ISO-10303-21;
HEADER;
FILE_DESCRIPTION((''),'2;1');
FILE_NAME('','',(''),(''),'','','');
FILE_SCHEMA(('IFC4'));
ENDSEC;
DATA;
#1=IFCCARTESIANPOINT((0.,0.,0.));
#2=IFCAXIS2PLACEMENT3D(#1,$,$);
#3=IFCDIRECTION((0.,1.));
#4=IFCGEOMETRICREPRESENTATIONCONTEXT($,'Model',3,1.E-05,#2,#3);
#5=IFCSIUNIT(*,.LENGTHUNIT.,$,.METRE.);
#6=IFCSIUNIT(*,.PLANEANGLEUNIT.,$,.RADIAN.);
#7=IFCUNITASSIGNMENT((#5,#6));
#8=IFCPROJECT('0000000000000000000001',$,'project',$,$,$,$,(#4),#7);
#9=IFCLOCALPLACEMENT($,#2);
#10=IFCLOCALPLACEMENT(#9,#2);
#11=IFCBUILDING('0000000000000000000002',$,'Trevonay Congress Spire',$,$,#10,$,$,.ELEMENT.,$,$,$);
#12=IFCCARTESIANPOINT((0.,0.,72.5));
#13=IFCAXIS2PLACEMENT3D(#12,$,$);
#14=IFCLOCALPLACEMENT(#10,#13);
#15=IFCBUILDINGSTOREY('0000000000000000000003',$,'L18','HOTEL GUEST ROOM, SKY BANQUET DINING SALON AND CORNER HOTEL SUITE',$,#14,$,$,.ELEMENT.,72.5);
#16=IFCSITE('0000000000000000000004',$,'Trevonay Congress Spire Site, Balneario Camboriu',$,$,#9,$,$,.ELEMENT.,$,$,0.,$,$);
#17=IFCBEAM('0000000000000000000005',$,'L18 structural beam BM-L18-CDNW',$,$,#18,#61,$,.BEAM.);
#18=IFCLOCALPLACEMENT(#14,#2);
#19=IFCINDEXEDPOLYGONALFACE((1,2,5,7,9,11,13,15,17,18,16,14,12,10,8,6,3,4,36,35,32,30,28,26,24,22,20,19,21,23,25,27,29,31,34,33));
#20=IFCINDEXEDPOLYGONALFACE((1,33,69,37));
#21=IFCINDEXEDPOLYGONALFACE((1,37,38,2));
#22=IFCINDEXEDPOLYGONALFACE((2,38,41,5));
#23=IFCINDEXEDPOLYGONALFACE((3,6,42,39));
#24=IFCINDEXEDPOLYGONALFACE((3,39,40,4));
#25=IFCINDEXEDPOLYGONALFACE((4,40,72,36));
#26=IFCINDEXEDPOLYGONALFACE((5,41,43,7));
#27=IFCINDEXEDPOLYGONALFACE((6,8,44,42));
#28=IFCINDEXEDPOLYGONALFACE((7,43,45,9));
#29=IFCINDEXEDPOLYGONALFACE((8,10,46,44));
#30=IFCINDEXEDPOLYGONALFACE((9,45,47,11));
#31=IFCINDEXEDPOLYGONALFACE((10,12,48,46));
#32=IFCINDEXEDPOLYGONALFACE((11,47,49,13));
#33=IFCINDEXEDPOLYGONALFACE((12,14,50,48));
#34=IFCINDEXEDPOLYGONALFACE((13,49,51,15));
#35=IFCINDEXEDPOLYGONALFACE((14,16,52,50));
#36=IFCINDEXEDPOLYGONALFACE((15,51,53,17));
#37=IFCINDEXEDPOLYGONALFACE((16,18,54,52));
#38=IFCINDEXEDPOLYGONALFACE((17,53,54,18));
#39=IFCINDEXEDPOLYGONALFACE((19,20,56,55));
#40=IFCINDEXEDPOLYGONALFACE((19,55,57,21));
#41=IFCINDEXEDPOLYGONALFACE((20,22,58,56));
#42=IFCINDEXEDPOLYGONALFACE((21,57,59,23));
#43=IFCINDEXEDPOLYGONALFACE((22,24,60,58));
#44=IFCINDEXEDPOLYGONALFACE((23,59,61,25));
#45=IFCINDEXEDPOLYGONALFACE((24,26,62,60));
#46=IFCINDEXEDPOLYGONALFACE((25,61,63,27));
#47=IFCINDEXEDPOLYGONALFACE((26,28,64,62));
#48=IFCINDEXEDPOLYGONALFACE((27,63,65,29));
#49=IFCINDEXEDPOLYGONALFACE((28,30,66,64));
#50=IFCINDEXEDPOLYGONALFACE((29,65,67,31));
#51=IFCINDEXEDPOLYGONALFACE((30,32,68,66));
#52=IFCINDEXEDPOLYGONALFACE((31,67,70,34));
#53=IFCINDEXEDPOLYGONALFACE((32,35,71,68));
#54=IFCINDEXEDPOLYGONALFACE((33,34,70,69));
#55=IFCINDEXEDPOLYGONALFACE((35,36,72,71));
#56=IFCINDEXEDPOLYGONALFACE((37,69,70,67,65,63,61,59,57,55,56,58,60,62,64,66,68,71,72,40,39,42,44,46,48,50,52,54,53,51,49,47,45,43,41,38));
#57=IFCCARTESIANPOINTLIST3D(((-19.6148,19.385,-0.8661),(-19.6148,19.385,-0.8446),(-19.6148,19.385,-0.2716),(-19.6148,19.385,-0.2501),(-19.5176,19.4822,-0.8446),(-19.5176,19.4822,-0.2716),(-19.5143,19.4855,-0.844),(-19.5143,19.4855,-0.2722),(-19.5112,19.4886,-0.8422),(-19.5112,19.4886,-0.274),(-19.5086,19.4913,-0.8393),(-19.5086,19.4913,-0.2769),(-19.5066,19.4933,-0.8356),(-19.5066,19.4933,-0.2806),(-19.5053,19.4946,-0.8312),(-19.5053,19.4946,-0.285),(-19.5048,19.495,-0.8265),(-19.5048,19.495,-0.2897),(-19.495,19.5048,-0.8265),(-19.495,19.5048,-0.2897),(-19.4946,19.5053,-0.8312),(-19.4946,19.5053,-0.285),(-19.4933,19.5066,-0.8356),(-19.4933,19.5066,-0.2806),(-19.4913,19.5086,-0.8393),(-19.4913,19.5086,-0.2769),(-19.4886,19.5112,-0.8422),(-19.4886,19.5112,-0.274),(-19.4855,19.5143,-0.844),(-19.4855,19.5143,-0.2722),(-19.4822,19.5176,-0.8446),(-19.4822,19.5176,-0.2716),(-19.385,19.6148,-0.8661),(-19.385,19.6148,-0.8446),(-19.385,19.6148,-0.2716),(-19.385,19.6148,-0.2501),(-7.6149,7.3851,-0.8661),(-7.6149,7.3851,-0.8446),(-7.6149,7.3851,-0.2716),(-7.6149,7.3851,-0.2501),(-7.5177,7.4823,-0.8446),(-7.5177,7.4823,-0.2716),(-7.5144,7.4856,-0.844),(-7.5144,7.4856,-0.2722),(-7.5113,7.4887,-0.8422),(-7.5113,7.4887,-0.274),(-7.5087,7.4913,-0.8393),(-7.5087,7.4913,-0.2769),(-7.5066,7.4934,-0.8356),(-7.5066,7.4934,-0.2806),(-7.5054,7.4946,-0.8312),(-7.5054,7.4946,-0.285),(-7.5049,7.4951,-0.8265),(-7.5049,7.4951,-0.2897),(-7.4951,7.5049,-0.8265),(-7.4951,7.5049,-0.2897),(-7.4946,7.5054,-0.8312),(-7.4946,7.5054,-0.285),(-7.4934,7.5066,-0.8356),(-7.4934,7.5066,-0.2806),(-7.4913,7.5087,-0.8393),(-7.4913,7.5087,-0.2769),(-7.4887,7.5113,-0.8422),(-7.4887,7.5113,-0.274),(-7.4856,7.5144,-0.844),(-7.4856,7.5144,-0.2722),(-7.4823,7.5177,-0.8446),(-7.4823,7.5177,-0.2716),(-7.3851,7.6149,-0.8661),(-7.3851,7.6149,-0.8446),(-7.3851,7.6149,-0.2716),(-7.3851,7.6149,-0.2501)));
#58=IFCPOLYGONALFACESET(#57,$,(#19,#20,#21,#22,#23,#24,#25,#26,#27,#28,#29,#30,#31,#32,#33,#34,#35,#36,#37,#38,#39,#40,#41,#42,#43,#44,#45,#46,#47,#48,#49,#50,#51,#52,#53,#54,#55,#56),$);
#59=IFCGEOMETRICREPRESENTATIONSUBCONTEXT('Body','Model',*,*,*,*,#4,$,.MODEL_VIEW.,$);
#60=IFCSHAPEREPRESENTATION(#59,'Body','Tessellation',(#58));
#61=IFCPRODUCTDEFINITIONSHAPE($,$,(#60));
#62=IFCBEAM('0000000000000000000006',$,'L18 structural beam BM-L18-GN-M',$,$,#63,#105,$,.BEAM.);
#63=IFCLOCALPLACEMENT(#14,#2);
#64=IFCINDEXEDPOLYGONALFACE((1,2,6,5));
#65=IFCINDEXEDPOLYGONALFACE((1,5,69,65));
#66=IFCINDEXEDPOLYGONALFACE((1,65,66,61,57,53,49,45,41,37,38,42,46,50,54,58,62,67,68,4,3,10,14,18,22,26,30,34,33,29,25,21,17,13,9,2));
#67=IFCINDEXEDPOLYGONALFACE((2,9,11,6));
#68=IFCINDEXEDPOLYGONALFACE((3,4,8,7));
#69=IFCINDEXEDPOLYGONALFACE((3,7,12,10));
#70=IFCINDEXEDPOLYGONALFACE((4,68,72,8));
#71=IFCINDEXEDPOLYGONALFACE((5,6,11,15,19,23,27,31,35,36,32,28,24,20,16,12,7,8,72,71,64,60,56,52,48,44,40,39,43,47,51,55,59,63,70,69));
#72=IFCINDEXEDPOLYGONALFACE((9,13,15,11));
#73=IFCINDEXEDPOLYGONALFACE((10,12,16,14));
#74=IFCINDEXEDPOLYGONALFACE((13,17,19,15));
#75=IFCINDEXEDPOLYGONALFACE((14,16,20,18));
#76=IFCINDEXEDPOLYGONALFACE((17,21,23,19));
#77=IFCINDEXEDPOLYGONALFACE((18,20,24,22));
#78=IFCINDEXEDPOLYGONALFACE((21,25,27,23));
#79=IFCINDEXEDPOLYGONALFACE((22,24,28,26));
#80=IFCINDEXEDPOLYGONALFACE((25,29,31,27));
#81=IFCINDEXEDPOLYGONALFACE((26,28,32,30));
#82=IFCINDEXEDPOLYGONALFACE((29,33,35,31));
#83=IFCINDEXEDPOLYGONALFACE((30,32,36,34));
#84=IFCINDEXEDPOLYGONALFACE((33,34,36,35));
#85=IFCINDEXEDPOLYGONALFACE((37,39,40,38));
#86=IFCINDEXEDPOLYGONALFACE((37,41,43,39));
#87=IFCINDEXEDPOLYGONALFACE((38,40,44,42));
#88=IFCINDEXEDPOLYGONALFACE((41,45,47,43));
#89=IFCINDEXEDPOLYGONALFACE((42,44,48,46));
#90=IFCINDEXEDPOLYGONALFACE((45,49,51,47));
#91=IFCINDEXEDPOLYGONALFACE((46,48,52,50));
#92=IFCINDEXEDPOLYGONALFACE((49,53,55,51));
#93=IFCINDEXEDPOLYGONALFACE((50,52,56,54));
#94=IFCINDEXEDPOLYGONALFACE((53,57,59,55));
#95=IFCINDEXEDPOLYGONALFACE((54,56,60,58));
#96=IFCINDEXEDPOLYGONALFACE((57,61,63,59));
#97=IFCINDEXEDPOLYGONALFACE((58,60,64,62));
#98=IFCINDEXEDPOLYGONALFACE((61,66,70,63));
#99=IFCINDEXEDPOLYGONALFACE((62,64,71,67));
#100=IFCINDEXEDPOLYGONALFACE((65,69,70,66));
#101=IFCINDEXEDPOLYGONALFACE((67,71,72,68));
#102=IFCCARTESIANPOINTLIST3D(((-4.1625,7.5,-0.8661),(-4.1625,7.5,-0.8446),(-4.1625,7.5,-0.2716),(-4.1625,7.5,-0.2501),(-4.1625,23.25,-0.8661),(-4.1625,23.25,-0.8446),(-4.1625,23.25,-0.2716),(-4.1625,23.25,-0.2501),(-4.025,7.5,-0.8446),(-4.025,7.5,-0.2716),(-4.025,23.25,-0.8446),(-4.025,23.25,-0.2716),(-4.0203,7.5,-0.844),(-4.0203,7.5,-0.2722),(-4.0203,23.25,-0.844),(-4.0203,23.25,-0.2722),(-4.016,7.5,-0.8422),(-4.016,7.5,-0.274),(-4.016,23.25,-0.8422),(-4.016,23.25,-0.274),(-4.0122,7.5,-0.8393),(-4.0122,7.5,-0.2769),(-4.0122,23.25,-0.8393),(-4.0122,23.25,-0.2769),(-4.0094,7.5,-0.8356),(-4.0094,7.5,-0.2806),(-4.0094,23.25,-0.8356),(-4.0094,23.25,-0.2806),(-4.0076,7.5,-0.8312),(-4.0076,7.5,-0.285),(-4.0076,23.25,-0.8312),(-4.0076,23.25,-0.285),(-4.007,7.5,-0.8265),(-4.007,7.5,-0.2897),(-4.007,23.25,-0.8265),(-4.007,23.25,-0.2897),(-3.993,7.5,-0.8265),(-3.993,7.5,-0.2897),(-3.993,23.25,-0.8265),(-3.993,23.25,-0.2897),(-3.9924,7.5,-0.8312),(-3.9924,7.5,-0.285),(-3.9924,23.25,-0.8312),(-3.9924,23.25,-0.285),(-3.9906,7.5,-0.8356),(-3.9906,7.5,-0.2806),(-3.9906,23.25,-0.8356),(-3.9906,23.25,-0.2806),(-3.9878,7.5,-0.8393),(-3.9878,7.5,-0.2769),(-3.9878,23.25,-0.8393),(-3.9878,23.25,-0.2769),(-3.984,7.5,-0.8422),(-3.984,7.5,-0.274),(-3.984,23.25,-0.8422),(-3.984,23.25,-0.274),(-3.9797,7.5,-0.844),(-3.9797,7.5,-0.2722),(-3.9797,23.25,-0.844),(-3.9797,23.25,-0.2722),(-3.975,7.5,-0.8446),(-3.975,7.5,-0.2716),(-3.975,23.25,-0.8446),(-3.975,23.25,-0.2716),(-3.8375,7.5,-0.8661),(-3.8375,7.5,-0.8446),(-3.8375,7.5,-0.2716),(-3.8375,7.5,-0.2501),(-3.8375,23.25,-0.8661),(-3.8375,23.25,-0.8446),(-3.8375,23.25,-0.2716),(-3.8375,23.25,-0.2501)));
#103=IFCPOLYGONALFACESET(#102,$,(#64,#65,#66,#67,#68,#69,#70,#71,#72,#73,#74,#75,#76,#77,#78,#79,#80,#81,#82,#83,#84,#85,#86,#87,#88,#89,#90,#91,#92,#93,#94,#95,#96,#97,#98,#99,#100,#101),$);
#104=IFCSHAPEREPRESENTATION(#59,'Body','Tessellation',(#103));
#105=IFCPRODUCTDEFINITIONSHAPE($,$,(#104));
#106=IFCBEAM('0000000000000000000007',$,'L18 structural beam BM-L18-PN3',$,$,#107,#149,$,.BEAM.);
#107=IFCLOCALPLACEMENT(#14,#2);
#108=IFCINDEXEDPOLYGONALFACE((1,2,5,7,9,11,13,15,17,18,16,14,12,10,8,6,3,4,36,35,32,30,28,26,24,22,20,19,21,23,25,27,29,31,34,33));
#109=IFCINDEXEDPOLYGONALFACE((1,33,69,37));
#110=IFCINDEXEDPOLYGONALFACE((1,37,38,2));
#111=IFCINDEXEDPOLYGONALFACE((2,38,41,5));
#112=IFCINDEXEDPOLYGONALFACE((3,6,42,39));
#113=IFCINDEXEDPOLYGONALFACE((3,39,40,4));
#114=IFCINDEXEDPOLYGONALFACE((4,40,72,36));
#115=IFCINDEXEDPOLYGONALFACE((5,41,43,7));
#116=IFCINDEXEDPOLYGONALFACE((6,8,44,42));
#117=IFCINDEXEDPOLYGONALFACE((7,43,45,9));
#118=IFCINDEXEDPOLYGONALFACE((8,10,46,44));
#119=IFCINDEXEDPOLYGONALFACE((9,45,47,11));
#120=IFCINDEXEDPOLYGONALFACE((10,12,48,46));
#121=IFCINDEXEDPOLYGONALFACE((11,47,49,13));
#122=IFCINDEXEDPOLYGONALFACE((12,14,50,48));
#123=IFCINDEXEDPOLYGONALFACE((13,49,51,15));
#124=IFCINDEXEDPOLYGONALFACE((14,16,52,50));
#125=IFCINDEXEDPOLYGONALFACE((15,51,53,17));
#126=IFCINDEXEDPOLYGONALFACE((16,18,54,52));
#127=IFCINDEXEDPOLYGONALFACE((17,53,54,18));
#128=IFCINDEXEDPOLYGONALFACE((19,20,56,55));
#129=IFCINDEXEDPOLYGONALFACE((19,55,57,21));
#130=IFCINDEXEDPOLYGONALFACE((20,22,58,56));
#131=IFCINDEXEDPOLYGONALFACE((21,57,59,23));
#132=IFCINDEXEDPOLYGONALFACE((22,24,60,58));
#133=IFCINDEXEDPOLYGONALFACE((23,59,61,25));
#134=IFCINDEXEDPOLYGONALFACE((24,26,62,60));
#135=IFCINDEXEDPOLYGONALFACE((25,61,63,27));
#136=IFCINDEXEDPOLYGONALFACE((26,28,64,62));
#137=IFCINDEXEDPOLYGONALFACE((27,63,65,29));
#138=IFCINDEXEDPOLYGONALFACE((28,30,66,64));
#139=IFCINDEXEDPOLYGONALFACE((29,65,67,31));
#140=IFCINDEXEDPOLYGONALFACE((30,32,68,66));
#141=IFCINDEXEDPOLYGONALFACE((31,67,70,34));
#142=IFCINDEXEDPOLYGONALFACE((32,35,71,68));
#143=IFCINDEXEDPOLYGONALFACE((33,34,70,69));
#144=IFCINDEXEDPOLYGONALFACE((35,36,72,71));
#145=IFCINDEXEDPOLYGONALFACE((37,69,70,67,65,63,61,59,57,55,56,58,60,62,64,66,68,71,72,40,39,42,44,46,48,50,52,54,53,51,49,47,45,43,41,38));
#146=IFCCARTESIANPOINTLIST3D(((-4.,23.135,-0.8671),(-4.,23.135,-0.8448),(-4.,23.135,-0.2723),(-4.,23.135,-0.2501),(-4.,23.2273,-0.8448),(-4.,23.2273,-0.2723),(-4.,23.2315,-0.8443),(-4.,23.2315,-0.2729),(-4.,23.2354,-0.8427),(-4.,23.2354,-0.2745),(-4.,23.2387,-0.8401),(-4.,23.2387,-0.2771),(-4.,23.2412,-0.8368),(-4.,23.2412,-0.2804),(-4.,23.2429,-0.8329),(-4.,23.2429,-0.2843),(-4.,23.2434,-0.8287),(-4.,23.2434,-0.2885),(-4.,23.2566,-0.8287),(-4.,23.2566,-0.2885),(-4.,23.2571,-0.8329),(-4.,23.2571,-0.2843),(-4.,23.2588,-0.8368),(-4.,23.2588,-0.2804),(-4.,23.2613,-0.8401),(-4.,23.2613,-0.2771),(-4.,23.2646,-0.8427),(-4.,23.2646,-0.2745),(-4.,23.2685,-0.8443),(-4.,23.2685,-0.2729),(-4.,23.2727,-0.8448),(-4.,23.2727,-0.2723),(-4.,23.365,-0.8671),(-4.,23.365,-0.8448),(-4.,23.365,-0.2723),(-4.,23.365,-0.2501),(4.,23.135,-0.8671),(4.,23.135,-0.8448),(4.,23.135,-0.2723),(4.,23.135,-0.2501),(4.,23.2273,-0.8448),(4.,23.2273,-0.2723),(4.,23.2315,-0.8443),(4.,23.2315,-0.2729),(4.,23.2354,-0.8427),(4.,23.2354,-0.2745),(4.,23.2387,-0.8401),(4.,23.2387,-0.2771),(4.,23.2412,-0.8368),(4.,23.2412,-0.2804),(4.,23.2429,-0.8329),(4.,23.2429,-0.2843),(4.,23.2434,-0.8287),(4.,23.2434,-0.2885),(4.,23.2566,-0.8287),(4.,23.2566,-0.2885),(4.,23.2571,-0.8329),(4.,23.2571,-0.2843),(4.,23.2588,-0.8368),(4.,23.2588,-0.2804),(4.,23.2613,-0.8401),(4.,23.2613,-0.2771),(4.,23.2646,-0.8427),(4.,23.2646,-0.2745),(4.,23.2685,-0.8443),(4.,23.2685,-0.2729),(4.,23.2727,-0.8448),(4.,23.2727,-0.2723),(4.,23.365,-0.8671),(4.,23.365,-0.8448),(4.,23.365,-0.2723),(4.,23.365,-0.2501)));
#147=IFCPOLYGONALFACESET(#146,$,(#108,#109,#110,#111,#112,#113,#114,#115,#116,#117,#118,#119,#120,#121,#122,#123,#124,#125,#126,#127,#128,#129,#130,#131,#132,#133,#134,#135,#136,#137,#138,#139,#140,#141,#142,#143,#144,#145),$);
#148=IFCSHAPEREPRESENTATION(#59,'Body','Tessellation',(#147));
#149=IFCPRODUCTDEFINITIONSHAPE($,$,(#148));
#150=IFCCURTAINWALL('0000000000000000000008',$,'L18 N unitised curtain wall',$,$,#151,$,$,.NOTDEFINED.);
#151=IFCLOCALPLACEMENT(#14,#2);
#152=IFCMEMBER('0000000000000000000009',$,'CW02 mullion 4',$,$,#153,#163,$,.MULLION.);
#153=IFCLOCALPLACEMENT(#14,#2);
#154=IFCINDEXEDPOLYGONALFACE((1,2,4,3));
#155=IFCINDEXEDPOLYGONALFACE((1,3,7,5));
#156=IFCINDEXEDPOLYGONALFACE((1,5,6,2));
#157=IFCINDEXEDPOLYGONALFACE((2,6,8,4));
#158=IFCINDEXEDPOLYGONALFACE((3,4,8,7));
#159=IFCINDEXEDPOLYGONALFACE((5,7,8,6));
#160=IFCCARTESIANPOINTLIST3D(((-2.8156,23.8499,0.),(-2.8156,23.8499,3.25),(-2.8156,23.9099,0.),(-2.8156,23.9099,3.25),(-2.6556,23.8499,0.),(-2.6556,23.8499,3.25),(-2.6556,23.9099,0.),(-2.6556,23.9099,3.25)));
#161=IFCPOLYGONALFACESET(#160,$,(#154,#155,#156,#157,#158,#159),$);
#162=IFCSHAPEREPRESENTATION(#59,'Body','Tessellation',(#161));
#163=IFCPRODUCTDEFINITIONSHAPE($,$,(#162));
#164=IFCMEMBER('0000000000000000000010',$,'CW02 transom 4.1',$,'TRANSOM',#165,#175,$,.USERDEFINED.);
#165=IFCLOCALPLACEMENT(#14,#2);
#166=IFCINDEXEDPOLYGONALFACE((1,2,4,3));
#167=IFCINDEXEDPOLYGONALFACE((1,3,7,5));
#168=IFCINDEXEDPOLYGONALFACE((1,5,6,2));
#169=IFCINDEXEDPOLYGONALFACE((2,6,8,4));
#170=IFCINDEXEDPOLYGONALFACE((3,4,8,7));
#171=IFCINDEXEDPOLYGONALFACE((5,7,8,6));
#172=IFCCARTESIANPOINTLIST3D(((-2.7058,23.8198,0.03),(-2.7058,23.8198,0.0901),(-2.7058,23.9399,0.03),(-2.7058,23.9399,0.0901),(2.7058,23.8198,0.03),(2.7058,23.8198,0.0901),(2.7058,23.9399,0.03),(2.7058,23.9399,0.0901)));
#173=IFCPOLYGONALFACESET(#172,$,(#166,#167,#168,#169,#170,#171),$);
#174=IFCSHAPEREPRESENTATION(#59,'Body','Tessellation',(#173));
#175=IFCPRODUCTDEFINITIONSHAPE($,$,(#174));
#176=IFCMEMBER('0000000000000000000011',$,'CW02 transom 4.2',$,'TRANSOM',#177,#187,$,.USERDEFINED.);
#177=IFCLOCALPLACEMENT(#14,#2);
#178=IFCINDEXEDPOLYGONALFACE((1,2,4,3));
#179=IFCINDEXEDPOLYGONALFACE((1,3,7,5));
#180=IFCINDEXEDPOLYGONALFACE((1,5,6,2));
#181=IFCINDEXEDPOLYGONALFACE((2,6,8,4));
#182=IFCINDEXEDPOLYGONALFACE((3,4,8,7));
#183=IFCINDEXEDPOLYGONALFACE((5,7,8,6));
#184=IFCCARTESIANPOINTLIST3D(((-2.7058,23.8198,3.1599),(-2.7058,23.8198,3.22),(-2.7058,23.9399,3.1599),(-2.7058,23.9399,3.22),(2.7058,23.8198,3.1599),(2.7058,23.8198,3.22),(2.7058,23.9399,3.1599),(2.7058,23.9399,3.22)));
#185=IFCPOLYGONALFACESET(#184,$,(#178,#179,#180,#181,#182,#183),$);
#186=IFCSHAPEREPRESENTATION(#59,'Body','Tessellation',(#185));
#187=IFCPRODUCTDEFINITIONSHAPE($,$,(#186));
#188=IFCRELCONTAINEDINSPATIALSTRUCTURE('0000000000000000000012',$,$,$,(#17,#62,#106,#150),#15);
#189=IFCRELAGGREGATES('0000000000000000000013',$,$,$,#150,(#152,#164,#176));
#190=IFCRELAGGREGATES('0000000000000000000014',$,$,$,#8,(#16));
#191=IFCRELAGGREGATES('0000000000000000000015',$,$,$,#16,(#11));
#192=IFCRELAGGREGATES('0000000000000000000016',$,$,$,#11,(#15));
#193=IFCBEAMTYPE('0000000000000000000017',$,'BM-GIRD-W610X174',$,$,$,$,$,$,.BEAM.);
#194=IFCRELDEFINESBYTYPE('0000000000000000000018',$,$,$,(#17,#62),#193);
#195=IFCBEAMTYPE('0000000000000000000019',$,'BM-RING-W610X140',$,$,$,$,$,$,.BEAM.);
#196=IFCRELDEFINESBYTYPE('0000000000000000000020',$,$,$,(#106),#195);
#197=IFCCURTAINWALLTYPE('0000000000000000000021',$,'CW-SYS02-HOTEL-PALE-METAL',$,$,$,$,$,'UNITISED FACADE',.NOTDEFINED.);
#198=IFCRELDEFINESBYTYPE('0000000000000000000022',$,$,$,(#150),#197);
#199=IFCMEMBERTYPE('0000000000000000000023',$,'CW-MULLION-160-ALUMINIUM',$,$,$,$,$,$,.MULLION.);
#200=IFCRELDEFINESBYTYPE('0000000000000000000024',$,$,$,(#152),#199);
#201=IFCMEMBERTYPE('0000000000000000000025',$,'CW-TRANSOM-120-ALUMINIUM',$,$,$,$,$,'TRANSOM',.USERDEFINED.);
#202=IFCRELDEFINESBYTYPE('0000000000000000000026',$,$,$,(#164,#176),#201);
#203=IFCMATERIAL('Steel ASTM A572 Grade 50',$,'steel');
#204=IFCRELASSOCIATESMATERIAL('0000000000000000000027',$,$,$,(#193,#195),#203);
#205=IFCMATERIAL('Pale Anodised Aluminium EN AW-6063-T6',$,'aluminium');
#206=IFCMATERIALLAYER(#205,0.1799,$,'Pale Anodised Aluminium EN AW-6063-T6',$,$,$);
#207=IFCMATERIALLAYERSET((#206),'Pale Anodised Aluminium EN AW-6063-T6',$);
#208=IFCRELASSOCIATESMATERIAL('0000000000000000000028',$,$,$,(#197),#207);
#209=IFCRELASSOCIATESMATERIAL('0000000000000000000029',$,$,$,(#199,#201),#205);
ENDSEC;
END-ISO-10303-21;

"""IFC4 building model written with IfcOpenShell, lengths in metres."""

from ifc_helpers import new_model, si_unit, direction, frame, origin, origin_2d, place, context, subcontext, project, spatial, rectangle, i_section, extrude, material, layer, layer_set, material_profile, profile_set, type_object, element, aggregate, save


model = new_model("IFC4")

# Units and contexts
model_context = context("Model", 3, precision=1e-05, world=origin(), true_north=direction((0.0, 1.0)))
body_context = subcontext(model_context, "Body", "Model", "MODEL_VIEW")
ifc_project = project(units=[si_unit("LENGTHUNIT", "METRE"), si_unit("PLANEANGLEUNIT", "RADIAN")], contexts=[model_context])

# Site, building, storey
site_placement = place(None, origin())
site = spatial("IfcSite", under=ifc_project, at=site_placement, Name="Trevonay Congress Spire Site, Balneario Camboriu", CompositionType="ELEMENT", RefElevation=0.0)
building_placement = place(site_placement, origin())
building = spatial("IfcBuilding", under=site, at=building_placement, Name="Trevonay Congress Spire", CompositionType="ELEMENT")
storey_placement = place(building_placement, frame((0.0, 0.0, 72.5)))
storey = spatial("IfcBuildingStorey", under=building, at=storey_placement, Name="L18", Description="HOTEL GUEST ROOM, SKY BANQUET DINING SALON AND CORNER HOTEL SUITE", CompositionType="ELEMENT", Elevation=72.5)

# Shared definitions
ifc_material_1 = material(Name="Steel ASTM A572 Grade 50", Category="steel")

# Beams
ifc_material_profile_1 = material_profile(ifc_material_1, i_section(OverallWidth=0.325, OverallDepth=0.616, WebThickness=0.0139, FlangeThickness=0.0215, FilletRadius=0.0181, at=origin_2d()), Name="W610x174")
ifc_profile_set_1 = profile_set([ifc_material_profile_1], Name="Steel ASTM A572 Grade 50")
beam_type_1 = type_object("IfcBeamType", Name="BM-GIRD-W610X174", PredefinedType="BEAM", material=ifc_profile_set_1)
beam_1_placement = place(storey_placement, frame((-7.5, 7.5, -0.5581), z_axis=(-0.707107, 0.707107, 0.0), x_axis=(-0.707107, -0.707107, 0.0)))
element("IfcBeam", 1, at=beam_1_placement, inside=storey, type_object=beam_type_1, Name="L18 structural beam BM-L18-CDNW", PredefinedType="BEAM", context=body_context, shape_type="SweptSolid", body=[
    extrude(i_section(OverallWidth=0.325, OverallDepth=0.616, WebThickness=0.0139, FlangeThickness=0.0215, FilletRadius=0.0181, at=origin_2d()), origin(), (0.0, 0.0, 1.0), 16.9705),
])
beam_2_placement = place(storey_placement, frame((-4.0, 7.5, -0.5581), z_axis=(0.0, 1.0, 0.0), x_axis=(-1.0, 0.0, 0.0)))
element("IfcBeam", 2, at=beam_2_placement, inside=storey, type_object=beam_type_1, Name="L18 structural beam BM-L18-GN-M", PredefinedType="BEAM", context=body_context, shape_type="SweptSolid", body=[
    extrude(i_section(OverallWidth=0.325, OverallDepth=0.616, WebThickness=0.0139, FlangeThickness=0.0215, FilletRadius=0.0181, at=origin_2d()), origin(), (0.0, 0.0, 1.0), 15.75),
])
ifc_material_profile_2 = material_profile(ifc_material_1, i_section(OverallWidth=0.23, OverallDepth=0.6169, WebThickness=0.0132, FlangeThickness=0.0222, FilletRadius=0.0161, at=origin_2d()), Name="W610x140")
ifc_profile_set_2 = profile_set([ifc_material_profile_2], Name="Steel ASTM A572 Grade 50")
beam_type_2 = type_object("IfcBeamType", Name="BM-RING-W610X140", PredefinedType="BEAM", material=ifc_profile_set_2)
beam_3_placement = place(storey_placement, frame((-4.0, 23.25, -0.5586), z_axis=(1.0, 0.0, 0.0), x_axis=(0.0, 1.0, 0.0)))
element("IfcBeam", 3, at=beam_3_placement, inside=storey, type_object=beam_type_2, Name="L18 structural beam BM-L18-PN3", PredefinedType="BEAM", context=body_context, shape_type="SweptSolid", body=[
    extrude(i_section(OverallWidth=0.23, OverallDepth=0.6169, WebThickness=0.0132, FlangeThickness=0.0222, FilletRadius=0.0161, at=origin_2d()), origin(), (0.0, 0.0, 1.0), 8.0),
])

# Curtain wall, members
ifc_material_2 = material(Name="Pale Anodised Aluminium EN AW-6063-T6", Category="aluminium")
ifc_layer_1 = layer(ifc_material_2, 0.1799, Name="Pale Anodised Aluminium EN AW-6063-T6")
ifc_layer_set_1 = layer_set([ifc_layer_1], Name="Pale Anodised Aluminium EN AW-6063-T6")
curtain_wall_type = type_object("IfcCurtainWallType", Name="CW-SYS02-HOTEL-PALE-METAL", ElementType="UNITISED FACADE", PredefinedType="NOTDEFINED", material=ifc_layer_set_1)
curtain_wall_placement = place(storey_placement, origin())
curtain_wall = element("IfcCurtainWall", 4, at=curtain_wall_placement, inside=storey, type_object=curtain_wall_type, Name="L18 N unitised curtain wall", PredefinedType="NOTDEFINED")
ifc_material_profile_3 = material_profile(ifc_material_2, rectangle(XDim=0.0601, YDim=0.1599, at=origin_2d()), Name="CW-MULLION-160-ALUMINIUM")
ifc_profile_set_3 = profile_set([ifc_material_profile_3], Name="Pale Anodised Aluminium EN AW-6063-T6")
member_type_1 = type_object("IfcMemberType", Name="CW-MULLION-160-ALUMINIUM", PredefinedType="MULLION", material=ifc_profile_set_3)
member_1_placement = place(storey_placement, frame((-2.7356, 23.8799, 0.0), z_axis=(0.0, 0.0, 1.0), x_axis=(0.0, 1.0, 0.0)))
member_1 = element("IfcMember", 5, at=member_1_placement, type_object=member_type_1, Name="CW02 mullion 4", PredefinedType="MULLION", context=body_context, shape_type="SweptSolid", body=[
    extrude(rectangle(XDim=0.0601, YDim=0.1599, at=origin_2d()), origin(), (0.0, 0.0, 1.0), 3.25),
])
ifc_material_profile_4 = material_profile(ifc_material_2, rectangle(XDim=0.1201, YDim=0.0601, at=origin_2d()), Name="CW-TRANSOM-120-ALUMINIUM")
ifc_profile_set_4 = profile_set([ifc_material_profile_4], Name="Pale Anodised Aluminium EN AW-6063-T6")
member_type_2 = type_object("IfcMemberType", Name="CW-TRANSOM-120-ALUMINIUM", ElementType="TRANSOM", PredefinedType="USERDEFINED", material=ifc_profile_set_4)
member_2_placement = place(storey_placement, frame((-2.7058, 23.8799, 0.0601), z_axis=(1.0, 0.0, 0.0), x_axis=(0.0, 1.0, 0.0)))
member_2 = element("IfcMember", 6, at=member_2_placement, type_object=member_type_2, Name="CW02 transom 4.1", ObjectType="TRANSOM", PredefinedType="USERDEFINED", context=body_context, shape_type="SweptSolid", body=[
    extrude(rectangle(XDim=0.1201, YDim=0.0601, at=origin_2d()), origin(), (0.0, 0.0, 1.0), 5.4116),
])
member_3_placement = place(storey_placement, frame((-2.7058, 23.8799, 3.1899), z_axis=(1.0, 0.0, 0.0), x_axis=(0.0, 1.0, 0.0)))
member_3 = element("IfcMember", 7, at=member_3_placement, type_object=member_type_2, Name="CW02 transom 4.2", ObjectType="TRANSOM", PredefinedType="USERDEFINED", context=body_context, shape_type="SweptSolid", body=[
    extrude(rectangle(XDim=0.1201, YDim=0.0601, at=origin_2d()), origin(), (0.0, 0.0, 1.0), 5.4116),
])

aggregate(curtain_wall, [member_1, member_2, member_3])

save(model, "model.ifc")
